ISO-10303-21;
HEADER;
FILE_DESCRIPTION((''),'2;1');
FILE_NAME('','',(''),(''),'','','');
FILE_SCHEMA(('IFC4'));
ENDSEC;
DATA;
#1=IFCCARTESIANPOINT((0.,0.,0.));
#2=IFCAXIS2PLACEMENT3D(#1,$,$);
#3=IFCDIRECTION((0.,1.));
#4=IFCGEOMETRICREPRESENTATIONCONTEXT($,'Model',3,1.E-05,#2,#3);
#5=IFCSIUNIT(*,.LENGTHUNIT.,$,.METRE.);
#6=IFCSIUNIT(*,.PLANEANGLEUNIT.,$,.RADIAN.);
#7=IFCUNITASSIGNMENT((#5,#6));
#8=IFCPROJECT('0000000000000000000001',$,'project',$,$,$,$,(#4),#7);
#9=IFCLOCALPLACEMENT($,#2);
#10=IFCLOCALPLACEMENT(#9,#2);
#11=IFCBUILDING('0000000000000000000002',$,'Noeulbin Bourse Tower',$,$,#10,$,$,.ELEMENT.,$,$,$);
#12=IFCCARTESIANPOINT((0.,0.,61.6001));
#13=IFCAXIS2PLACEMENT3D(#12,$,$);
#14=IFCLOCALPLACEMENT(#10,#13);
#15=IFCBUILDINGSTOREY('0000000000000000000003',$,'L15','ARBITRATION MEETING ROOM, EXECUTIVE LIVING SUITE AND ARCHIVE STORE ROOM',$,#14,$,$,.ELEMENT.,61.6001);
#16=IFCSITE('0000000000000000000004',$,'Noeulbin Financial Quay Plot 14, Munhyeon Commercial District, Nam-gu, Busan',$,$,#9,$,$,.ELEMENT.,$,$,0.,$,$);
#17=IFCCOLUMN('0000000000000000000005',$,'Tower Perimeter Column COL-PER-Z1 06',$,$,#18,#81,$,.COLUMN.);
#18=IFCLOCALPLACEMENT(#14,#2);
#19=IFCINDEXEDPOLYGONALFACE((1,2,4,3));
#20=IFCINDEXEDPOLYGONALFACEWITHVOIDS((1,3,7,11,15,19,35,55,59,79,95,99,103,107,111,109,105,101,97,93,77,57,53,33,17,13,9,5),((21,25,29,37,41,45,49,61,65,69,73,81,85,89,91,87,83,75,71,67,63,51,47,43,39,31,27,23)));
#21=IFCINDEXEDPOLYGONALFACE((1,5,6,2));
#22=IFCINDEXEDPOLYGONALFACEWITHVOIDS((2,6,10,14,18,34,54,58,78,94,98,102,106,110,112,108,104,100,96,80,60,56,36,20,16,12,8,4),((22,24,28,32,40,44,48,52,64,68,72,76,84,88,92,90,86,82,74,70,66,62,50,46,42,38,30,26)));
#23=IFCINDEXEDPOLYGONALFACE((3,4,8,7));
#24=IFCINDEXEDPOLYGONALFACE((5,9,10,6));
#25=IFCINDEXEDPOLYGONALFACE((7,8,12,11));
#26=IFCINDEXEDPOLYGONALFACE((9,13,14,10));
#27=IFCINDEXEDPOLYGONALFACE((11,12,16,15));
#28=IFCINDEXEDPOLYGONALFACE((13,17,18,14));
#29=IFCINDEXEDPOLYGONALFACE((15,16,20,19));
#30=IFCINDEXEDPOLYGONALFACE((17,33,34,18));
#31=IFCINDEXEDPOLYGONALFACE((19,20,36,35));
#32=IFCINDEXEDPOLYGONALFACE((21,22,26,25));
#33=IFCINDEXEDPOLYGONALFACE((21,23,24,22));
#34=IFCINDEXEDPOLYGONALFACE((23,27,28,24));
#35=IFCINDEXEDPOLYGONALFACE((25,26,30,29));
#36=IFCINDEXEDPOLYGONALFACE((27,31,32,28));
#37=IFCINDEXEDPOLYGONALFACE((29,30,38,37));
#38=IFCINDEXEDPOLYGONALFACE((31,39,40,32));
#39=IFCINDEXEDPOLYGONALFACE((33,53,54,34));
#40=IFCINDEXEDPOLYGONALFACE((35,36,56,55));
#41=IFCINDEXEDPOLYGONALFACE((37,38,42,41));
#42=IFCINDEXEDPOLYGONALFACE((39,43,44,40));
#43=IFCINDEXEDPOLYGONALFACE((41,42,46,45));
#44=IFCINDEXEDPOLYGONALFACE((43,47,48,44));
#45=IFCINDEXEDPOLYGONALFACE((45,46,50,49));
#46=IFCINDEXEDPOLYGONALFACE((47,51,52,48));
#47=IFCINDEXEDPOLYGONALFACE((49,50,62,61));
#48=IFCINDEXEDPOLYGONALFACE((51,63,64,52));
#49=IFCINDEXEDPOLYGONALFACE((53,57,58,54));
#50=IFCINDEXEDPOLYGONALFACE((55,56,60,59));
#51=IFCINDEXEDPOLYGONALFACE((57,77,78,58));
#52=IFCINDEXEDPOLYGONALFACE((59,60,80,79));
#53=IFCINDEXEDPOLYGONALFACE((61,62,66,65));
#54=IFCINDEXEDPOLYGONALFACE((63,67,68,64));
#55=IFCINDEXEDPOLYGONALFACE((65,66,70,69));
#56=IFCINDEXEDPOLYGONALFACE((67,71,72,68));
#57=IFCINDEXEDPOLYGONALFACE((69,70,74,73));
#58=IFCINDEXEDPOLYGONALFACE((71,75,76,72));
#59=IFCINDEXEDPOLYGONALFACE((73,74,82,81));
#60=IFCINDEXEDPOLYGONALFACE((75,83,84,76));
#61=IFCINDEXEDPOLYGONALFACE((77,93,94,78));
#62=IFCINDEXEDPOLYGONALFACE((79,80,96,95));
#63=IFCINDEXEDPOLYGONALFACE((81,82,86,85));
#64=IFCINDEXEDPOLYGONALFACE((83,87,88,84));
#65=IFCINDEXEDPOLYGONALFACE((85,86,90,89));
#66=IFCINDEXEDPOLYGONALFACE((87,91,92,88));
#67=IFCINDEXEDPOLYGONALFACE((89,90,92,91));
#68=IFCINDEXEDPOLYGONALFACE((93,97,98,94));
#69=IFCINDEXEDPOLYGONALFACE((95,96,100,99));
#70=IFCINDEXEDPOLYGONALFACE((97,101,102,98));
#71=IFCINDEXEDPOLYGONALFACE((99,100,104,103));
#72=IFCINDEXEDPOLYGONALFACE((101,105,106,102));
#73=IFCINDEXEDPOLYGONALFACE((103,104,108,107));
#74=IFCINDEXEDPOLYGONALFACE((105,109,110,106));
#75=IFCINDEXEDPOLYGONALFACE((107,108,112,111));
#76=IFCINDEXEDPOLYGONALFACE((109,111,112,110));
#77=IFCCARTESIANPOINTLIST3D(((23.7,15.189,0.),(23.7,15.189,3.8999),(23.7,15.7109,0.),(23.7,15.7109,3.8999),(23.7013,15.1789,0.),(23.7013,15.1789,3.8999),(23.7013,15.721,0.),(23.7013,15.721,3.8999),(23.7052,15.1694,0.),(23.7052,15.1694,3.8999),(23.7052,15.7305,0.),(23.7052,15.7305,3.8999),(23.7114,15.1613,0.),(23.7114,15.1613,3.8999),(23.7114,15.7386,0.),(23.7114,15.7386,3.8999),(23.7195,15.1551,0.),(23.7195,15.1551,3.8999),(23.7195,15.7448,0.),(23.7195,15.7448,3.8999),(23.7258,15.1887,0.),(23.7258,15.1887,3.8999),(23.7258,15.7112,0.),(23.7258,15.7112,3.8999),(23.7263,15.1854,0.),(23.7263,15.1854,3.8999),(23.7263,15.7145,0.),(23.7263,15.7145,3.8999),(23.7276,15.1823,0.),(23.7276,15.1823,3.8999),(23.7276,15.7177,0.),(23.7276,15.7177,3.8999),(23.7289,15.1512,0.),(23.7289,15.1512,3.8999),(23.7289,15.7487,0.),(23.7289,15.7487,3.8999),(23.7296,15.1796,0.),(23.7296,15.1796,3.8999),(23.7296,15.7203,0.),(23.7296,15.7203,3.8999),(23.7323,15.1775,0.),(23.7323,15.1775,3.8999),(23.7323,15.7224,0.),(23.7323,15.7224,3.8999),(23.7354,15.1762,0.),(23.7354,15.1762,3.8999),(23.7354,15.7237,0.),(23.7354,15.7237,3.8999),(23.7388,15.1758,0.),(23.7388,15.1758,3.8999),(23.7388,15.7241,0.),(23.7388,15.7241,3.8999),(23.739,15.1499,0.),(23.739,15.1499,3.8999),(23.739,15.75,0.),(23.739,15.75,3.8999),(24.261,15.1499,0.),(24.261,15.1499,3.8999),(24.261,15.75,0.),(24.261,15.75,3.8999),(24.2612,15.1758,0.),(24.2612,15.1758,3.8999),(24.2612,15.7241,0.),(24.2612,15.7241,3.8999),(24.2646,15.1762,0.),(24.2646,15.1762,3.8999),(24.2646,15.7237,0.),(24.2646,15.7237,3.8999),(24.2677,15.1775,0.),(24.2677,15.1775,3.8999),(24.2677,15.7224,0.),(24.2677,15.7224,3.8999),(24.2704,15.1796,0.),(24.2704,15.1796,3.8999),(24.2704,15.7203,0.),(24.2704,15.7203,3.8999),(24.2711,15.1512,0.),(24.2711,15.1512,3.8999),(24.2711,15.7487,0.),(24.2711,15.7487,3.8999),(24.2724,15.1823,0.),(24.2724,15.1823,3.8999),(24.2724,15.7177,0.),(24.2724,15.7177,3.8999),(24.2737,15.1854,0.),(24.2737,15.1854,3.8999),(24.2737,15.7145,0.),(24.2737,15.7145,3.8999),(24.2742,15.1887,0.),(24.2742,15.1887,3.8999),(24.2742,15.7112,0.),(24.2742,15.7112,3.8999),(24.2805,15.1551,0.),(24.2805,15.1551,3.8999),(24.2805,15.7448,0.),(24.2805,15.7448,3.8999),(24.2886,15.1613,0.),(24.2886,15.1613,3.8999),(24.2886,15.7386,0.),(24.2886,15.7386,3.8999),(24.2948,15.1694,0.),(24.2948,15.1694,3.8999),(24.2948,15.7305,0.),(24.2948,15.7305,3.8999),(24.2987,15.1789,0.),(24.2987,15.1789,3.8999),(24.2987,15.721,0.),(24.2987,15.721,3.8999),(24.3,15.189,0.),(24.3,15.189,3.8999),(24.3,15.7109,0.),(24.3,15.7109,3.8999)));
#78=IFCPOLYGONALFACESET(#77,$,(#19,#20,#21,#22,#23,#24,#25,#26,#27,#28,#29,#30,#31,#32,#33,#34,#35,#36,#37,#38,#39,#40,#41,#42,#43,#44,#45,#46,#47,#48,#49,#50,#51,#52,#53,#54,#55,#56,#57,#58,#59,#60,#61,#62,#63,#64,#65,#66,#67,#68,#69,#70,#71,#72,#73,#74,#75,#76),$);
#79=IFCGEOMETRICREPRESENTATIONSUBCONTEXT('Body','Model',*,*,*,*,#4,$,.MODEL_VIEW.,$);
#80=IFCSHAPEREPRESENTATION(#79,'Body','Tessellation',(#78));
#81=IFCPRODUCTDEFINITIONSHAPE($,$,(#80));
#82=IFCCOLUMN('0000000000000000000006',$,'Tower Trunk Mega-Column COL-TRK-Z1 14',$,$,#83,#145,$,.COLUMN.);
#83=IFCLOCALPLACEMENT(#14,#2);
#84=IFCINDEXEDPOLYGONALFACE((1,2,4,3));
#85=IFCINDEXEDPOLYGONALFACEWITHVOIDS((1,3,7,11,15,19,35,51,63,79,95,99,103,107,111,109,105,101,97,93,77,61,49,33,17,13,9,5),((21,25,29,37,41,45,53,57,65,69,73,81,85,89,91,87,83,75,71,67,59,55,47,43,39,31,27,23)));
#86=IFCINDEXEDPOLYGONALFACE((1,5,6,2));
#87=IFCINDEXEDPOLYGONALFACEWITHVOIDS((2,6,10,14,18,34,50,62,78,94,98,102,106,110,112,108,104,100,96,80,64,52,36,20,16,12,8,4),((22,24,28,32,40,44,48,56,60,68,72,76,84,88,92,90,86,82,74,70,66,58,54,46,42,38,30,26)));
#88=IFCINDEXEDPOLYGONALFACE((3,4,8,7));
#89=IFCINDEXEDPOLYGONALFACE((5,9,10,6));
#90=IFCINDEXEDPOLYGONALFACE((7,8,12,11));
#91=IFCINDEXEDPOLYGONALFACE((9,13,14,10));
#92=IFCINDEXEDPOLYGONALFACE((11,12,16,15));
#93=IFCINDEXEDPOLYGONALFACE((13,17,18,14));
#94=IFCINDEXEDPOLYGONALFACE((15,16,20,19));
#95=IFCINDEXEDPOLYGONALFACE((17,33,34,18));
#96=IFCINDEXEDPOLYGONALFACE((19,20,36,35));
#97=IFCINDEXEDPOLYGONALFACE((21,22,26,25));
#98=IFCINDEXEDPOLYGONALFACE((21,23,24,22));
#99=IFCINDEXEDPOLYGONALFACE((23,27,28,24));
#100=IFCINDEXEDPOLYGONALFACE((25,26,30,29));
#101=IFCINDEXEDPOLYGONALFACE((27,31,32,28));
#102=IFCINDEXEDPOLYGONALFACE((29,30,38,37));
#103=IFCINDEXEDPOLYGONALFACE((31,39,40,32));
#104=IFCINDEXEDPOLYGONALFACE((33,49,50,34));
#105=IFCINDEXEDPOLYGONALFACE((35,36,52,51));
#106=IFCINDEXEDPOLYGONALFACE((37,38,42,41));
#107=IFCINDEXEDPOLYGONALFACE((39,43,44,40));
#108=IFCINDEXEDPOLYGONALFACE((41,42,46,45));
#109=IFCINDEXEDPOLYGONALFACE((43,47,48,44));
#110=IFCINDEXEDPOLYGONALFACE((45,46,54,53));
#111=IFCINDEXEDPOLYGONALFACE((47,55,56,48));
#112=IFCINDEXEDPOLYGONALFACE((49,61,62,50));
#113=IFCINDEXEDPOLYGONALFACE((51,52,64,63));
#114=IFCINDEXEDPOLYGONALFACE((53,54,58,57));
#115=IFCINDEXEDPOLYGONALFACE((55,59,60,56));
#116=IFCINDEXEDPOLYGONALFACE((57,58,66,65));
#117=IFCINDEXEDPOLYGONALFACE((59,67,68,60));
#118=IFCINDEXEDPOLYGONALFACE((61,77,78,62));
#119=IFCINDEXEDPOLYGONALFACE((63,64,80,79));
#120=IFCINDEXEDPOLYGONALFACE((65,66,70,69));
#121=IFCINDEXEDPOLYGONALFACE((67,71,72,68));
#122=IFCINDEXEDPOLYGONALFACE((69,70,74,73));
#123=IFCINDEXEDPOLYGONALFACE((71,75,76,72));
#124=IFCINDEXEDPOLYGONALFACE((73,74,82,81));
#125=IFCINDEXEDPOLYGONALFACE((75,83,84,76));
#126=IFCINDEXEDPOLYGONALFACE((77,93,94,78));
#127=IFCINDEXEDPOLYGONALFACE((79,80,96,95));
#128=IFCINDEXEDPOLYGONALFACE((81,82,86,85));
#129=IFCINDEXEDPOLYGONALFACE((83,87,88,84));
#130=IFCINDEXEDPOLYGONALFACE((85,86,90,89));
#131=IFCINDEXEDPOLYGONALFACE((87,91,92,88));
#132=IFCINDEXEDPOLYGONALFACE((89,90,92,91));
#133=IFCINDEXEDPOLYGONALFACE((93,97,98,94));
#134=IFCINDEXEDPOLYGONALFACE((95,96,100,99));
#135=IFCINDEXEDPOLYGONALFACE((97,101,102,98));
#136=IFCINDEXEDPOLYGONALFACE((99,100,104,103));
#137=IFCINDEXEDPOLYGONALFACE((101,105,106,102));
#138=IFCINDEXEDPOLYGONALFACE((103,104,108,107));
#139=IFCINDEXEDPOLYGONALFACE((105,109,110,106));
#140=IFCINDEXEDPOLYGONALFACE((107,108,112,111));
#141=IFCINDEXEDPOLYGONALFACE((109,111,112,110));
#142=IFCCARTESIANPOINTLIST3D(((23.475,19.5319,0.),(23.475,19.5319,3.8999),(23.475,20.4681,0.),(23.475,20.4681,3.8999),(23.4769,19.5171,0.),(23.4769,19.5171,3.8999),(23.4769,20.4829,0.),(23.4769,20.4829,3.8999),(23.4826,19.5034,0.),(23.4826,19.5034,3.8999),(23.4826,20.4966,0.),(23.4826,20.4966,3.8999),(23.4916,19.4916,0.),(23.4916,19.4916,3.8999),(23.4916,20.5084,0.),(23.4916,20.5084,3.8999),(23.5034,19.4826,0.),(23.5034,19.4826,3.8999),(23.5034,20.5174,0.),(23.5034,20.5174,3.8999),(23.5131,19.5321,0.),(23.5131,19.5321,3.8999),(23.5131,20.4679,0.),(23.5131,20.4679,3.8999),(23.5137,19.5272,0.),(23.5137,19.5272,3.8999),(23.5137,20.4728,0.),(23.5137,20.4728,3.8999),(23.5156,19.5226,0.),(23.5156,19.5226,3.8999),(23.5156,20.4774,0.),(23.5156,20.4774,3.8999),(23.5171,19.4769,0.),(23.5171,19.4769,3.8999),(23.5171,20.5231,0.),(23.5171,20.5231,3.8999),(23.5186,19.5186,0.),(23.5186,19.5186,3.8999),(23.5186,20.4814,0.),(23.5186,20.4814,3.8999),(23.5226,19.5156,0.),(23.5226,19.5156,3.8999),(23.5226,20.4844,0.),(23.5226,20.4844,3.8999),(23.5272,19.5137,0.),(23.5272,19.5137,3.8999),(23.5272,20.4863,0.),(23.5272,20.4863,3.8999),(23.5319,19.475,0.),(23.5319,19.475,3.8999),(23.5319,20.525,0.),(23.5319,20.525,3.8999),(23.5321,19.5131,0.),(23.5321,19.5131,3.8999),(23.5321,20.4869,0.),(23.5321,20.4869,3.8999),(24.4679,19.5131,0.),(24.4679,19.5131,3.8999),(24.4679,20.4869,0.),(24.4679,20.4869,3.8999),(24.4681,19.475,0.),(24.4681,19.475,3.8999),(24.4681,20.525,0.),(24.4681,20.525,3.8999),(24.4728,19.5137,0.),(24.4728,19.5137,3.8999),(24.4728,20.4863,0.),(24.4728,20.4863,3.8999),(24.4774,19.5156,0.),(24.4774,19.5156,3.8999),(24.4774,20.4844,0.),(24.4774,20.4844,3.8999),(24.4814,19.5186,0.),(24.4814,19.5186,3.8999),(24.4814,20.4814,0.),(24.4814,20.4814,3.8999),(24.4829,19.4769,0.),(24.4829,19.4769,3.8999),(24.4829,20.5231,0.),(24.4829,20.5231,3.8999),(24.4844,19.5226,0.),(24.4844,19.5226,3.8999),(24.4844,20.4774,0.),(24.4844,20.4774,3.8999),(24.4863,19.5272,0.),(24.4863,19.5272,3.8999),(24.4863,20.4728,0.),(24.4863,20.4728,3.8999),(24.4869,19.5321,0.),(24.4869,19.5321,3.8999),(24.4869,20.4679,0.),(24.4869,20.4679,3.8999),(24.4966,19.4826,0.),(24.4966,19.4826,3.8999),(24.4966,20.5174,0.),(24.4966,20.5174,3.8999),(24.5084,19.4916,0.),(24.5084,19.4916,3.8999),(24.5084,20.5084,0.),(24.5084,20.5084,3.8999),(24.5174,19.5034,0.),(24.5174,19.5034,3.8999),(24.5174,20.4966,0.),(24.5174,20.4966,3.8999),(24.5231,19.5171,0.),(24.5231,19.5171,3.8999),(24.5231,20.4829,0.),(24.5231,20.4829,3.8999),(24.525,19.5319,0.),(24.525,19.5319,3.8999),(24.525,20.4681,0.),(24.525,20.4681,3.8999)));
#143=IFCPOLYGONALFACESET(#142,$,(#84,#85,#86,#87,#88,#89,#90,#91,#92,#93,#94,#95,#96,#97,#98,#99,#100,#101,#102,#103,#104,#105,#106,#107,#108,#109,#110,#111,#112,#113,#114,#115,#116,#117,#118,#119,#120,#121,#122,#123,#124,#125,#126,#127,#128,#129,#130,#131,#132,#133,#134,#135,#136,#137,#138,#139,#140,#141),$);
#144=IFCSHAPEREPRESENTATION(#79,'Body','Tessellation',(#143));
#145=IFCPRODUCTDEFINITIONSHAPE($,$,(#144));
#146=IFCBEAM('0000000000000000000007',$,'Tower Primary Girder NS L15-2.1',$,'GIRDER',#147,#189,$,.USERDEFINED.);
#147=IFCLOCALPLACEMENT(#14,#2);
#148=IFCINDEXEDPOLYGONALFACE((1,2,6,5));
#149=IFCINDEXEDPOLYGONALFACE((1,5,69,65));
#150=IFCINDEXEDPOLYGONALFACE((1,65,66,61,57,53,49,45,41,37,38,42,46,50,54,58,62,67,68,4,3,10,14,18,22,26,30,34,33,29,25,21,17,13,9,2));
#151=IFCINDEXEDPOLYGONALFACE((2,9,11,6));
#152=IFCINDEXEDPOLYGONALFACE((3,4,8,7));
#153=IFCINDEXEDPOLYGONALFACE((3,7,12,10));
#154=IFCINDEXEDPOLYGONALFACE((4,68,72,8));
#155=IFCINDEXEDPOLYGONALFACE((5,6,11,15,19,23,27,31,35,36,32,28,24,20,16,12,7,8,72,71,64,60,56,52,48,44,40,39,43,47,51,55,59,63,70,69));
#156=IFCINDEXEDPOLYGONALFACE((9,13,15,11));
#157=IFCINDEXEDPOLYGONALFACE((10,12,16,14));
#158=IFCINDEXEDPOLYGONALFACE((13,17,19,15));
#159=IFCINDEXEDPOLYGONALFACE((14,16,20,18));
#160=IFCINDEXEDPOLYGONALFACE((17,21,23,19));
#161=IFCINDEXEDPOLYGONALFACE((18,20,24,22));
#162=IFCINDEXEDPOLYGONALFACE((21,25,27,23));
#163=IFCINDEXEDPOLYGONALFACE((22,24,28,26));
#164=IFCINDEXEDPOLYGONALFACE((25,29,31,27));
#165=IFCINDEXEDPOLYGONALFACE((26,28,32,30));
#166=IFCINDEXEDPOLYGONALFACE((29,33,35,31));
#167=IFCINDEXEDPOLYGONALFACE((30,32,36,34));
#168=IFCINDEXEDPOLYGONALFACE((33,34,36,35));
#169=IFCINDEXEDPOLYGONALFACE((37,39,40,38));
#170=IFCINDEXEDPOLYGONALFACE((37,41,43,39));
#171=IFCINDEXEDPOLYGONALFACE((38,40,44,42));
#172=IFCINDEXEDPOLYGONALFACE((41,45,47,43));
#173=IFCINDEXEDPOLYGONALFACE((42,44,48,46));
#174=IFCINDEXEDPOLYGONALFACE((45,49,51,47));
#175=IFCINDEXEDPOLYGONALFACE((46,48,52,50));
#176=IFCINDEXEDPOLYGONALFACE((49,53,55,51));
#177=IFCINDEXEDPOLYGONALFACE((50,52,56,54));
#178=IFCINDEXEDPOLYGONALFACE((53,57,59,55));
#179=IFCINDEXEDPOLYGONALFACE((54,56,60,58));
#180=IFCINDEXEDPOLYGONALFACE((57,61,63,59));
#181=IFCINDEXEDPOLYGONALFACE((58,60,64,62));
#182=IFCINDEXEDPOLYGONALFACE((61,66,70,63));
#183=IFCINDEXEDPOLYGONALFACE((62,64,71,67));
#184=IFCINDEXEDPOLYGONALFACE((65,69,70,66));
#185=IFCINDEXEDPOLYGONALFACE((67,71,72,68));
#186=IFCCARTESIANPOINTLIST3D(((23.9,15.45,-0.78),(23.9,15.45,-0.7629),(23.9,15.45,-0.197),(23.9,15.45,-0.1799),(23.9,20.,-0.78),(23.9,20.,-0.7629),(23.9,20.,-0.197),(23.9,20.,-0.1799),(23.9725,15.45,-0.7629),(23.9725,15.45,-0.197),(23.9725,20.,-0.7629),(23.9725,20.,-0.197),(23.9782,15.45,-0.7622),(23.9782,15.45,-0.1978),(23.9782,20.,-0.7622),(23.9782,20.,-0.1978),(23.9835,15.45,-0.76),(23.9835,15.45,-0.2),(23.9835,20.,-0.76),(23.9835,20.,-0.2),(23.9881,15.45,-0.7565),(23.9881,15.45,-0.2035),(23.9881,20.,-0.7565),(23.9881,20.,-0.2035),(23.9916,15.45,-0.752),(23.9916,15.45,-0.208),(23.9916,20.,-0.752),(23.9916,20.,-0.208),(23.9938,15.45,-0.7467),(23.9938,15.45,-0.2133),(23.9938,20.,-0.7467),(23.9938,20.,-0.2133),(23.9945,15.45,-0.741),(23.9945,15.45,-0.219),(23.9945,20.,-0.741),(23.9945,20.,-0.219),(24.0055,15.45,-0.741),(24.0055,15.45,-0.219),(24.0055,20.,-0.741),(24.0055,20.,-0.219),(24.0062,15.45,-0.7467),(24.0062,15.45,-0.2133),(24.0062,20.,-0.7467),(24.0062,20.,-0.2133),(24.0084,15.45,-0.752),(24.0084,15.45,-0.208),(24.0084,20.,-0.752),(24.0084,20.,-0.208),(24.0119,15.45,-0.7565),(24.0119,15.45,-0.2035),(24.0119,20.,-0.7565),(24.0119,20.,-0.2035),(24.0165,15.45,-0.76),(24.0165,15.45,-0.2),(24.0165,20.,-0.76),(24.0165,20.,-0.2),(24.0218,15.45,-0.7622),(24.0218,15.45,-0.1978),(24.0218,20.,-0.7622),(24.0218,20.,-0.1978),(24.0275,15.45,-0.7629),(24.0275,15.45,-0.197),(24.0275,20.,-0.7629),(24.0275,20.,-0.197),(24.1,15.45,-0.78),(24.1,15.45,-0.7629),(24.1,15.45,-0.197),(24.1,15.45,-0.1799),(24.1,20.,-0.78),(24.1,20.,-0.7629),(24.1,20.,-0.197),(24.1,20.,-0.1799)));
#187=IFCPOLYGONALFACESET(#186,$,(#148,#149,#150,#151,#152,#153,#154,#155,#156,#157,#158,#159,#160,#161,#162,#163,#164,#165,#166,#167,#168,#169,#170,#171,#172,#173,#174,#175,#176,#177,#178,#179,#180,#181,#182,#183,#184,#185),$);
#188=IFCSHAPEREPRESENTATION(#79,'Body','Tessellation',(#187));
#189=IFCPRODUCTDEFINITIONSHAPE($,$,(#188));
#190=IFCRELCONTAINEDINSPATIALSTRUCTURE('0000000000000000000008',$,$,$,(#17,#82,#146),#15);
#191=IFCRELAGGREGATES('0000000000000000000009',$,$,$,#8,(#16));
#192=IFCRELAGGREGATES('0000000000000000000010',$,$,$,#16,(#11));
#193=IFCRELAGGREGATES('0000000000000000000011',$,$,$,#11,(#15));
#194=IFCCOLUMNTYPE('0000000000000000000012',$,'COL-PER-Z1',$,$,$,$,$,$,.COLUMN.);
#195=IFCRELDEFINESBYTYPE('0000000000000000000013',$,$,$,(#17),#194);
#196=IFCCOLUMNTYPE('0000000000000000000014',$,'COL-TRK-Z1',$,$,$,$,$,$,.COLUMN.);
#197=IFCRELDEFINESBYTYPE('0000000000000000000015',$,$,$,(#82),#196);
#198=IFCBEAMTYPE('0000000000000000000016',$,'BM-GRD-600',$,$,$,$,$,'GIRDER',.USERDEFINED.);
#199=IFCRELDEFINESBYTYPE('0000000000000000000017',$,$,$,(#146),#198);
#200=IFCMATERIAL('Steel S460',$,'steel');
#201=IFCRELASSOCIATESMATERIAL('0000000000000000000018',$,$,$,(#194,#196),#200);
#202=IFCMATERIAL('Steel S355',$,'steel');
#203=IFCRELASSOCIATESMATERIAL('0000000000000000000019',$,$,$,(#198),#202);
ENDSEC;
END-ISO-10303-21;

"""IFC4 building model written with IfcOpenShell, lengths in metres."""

from ifc_helpers import new_model, si_unit, direction, frame, origin, origin_2d, place, context, subcontext, project, spatial, hollow_rectangle, i_section, extrude, material, material_profile, profile_set, type_object, element, save


model = new_model("IFC4")

# Units and contexts
model_context = context("Model", 3, precision=1e-05, world=origin(), true_north=direction((0.0, 1.0)))
body_context = subcontext(model_context, "Body", "Model", "MODEL_VIEW")
ifc_project = project(units=[si_unit("LENGTHUNIT", "METRE"), si_unit("PLANEANGLEUNIT", "RADIAN")], contexts=[model_context])

# Site, building, storey
site_placement = place(None, origin())
site = spatial("IfcSite", under=ifc_project, at=site_placement, Name="Noeulbin Financial Quay Plot 14, Munhyeon Commercial District, Nam-gu, Busan", CompositionType="ELEMENT", RefElevation=0.0)
building_placement = place(site_placement, origin())
building = spatial("IfcBuilding", under=site, at=building_placement, Name="Noeulbin Bourse Tower", CompositionType="ELEMENT")
storey_placement = place(building_placement, frame((0.0, 0.0, 61.6001)))
storey = spatial("IfcBuildingStorey", under=building, at=storey_placement, Name="L15", Description="ARBITRATION MEETING ROOM, EXECUTIVE LIVING SUITE AND ARCHIVE STORE ROOM", CompositionType="ELEMENT", Elevation=61.6001)

# Columns
ifc_material_1 = material(Name="Steel S460", Category="steel")
ifc_material_profile_1 = material_profile(ifc_material_1, hollow_rectangle(XDim=0.6001, YDim=0.6001, WallThickness=0.0259, InnerFilletRadius=0.0129, OuterFilletRadius=0.0391, at=origin_2d()), Name="BOX-600x600x26", Category="LoadBearing")
ifc_profile_set_1 = profile_set([ifc_material_profile_1], Name="Steel S460")
column_type_1 = type_object("IfcColumnType", Name="COL-PER-Z1", PredefinedType="COLUMN", material=ifc_profile_set_1)
column_1_placement = place(storey_placement, frame((24.0, 15.45, 0.0), z_axis=(0.0, 0.0, 1.0), x_axis=(1.0, 0.0, 0.0)))
element("IfcColumn", 1, at=column_1_placement, inside=storey, type_object=column_type_1, Name="Tower Perimeter Column COL-PER-Z1 06", PredefinedType="COLUMN", context=body_context, shape_type="SweptSolid", body=[
    extrude(hollow_rectangle(XDim=0.6001, YDim=0.6001, WallThickness=0.0259, InnerFilletRadius=0.0129, OuterFilletRadius=0.0391, at=origin_2d()), origin(), (0.0, 0.0, 1.0), 3.8999),
])
ifc_material_profile_2 = material_profile(ifc_material_1, hollow_rectangle(XDim=1.05, YDim=1.05, WallThickness=0.0381, InnerFilletRadius=0.019, OuterFilletRadius=0.0569, at=origin_2d()), Name="BOX-1050x1050x38", Category="LoadBearing")
ifc_profile_set_2 = profile_set([ifc_material_profile_2], Name="Steel S460")
column_type_2 = type_object("IfcColumnType", Name="COL-TRK-Z1", PredefinedType="COLUMN", material=ifc_profile_set_2)
column_2_placement = place(storey_placement, frame((24.0, 20.0, 0.0), z_axis=(0.0, 0.0, 1.0), x_axis=(1.0, 0.0, 0.0)))
element("IfcColumn", 2, at=column_2_placement, inside=storey, type_object=column_type_2, Name="Tower Trunk Mega-Column COL-TRK-Z1 14", PredefinedType="COLUMN", context=body_context, shape_type="SweptSolid", body=[
    extrude(hollow_rectangle(XDim=1.05, YDim=1.05, WallThickness=0.0381, InnerFilletRadius=0.019, OuterFilletRadius=0.0569, at=origin_2d()), origin(), (0.0, 0.0, 1.0), 3.8999),
])

# Beam
ifc_material_2 = material(Name="Steel S355", Category="steel")
ifc_material_profile_3 = material_profile(ifc_material_2, i_section(OverallWidth=0.2, OverallDepth=0.6001, WebThickness=0.011, FlangeThickness=0.0171, FilletRadius=0.022, at=origin_2d()), Name="H-600x200x11x17", Category="LoadBearing")
ifc_profile_set_3 = profile_set([ifc_material_profile_3], Name="Steel S355")
beam_type_1 = type_object("IfcBeamType", Name="BM-GRD-600", ElementType="GIRDER", PredefinedType="USERDEFINED", material=ifc_profile_set_3)
beam_1_placement = place(storey_placement, frame((24.0, 15.45, -0.48), z_axis=(0.0, 1.0, 0.0), x_axis=(-1.0, 0.0, 0.0)))
element("IfcBeam", 3, at=beam_1_placement, inside=storey, type_object=beam_type_1, Name="Tower Primary Girder NS L15-2.1", ObjectType="GIRDER", PredefinedType="USERDEFINED", context=body_context, shape_type="SweptSolid", body=[
    extrude(i_section(OverallWidth=0.2, OverallDepth=0.6001, WebThickness=0.011, FlangeThickness=0.0171, FilletRadius=0.022, at=origin_2d()), origin(), (0.0, 0.0, 1.0), 4.55),
])

save(model, "model.ifc")
